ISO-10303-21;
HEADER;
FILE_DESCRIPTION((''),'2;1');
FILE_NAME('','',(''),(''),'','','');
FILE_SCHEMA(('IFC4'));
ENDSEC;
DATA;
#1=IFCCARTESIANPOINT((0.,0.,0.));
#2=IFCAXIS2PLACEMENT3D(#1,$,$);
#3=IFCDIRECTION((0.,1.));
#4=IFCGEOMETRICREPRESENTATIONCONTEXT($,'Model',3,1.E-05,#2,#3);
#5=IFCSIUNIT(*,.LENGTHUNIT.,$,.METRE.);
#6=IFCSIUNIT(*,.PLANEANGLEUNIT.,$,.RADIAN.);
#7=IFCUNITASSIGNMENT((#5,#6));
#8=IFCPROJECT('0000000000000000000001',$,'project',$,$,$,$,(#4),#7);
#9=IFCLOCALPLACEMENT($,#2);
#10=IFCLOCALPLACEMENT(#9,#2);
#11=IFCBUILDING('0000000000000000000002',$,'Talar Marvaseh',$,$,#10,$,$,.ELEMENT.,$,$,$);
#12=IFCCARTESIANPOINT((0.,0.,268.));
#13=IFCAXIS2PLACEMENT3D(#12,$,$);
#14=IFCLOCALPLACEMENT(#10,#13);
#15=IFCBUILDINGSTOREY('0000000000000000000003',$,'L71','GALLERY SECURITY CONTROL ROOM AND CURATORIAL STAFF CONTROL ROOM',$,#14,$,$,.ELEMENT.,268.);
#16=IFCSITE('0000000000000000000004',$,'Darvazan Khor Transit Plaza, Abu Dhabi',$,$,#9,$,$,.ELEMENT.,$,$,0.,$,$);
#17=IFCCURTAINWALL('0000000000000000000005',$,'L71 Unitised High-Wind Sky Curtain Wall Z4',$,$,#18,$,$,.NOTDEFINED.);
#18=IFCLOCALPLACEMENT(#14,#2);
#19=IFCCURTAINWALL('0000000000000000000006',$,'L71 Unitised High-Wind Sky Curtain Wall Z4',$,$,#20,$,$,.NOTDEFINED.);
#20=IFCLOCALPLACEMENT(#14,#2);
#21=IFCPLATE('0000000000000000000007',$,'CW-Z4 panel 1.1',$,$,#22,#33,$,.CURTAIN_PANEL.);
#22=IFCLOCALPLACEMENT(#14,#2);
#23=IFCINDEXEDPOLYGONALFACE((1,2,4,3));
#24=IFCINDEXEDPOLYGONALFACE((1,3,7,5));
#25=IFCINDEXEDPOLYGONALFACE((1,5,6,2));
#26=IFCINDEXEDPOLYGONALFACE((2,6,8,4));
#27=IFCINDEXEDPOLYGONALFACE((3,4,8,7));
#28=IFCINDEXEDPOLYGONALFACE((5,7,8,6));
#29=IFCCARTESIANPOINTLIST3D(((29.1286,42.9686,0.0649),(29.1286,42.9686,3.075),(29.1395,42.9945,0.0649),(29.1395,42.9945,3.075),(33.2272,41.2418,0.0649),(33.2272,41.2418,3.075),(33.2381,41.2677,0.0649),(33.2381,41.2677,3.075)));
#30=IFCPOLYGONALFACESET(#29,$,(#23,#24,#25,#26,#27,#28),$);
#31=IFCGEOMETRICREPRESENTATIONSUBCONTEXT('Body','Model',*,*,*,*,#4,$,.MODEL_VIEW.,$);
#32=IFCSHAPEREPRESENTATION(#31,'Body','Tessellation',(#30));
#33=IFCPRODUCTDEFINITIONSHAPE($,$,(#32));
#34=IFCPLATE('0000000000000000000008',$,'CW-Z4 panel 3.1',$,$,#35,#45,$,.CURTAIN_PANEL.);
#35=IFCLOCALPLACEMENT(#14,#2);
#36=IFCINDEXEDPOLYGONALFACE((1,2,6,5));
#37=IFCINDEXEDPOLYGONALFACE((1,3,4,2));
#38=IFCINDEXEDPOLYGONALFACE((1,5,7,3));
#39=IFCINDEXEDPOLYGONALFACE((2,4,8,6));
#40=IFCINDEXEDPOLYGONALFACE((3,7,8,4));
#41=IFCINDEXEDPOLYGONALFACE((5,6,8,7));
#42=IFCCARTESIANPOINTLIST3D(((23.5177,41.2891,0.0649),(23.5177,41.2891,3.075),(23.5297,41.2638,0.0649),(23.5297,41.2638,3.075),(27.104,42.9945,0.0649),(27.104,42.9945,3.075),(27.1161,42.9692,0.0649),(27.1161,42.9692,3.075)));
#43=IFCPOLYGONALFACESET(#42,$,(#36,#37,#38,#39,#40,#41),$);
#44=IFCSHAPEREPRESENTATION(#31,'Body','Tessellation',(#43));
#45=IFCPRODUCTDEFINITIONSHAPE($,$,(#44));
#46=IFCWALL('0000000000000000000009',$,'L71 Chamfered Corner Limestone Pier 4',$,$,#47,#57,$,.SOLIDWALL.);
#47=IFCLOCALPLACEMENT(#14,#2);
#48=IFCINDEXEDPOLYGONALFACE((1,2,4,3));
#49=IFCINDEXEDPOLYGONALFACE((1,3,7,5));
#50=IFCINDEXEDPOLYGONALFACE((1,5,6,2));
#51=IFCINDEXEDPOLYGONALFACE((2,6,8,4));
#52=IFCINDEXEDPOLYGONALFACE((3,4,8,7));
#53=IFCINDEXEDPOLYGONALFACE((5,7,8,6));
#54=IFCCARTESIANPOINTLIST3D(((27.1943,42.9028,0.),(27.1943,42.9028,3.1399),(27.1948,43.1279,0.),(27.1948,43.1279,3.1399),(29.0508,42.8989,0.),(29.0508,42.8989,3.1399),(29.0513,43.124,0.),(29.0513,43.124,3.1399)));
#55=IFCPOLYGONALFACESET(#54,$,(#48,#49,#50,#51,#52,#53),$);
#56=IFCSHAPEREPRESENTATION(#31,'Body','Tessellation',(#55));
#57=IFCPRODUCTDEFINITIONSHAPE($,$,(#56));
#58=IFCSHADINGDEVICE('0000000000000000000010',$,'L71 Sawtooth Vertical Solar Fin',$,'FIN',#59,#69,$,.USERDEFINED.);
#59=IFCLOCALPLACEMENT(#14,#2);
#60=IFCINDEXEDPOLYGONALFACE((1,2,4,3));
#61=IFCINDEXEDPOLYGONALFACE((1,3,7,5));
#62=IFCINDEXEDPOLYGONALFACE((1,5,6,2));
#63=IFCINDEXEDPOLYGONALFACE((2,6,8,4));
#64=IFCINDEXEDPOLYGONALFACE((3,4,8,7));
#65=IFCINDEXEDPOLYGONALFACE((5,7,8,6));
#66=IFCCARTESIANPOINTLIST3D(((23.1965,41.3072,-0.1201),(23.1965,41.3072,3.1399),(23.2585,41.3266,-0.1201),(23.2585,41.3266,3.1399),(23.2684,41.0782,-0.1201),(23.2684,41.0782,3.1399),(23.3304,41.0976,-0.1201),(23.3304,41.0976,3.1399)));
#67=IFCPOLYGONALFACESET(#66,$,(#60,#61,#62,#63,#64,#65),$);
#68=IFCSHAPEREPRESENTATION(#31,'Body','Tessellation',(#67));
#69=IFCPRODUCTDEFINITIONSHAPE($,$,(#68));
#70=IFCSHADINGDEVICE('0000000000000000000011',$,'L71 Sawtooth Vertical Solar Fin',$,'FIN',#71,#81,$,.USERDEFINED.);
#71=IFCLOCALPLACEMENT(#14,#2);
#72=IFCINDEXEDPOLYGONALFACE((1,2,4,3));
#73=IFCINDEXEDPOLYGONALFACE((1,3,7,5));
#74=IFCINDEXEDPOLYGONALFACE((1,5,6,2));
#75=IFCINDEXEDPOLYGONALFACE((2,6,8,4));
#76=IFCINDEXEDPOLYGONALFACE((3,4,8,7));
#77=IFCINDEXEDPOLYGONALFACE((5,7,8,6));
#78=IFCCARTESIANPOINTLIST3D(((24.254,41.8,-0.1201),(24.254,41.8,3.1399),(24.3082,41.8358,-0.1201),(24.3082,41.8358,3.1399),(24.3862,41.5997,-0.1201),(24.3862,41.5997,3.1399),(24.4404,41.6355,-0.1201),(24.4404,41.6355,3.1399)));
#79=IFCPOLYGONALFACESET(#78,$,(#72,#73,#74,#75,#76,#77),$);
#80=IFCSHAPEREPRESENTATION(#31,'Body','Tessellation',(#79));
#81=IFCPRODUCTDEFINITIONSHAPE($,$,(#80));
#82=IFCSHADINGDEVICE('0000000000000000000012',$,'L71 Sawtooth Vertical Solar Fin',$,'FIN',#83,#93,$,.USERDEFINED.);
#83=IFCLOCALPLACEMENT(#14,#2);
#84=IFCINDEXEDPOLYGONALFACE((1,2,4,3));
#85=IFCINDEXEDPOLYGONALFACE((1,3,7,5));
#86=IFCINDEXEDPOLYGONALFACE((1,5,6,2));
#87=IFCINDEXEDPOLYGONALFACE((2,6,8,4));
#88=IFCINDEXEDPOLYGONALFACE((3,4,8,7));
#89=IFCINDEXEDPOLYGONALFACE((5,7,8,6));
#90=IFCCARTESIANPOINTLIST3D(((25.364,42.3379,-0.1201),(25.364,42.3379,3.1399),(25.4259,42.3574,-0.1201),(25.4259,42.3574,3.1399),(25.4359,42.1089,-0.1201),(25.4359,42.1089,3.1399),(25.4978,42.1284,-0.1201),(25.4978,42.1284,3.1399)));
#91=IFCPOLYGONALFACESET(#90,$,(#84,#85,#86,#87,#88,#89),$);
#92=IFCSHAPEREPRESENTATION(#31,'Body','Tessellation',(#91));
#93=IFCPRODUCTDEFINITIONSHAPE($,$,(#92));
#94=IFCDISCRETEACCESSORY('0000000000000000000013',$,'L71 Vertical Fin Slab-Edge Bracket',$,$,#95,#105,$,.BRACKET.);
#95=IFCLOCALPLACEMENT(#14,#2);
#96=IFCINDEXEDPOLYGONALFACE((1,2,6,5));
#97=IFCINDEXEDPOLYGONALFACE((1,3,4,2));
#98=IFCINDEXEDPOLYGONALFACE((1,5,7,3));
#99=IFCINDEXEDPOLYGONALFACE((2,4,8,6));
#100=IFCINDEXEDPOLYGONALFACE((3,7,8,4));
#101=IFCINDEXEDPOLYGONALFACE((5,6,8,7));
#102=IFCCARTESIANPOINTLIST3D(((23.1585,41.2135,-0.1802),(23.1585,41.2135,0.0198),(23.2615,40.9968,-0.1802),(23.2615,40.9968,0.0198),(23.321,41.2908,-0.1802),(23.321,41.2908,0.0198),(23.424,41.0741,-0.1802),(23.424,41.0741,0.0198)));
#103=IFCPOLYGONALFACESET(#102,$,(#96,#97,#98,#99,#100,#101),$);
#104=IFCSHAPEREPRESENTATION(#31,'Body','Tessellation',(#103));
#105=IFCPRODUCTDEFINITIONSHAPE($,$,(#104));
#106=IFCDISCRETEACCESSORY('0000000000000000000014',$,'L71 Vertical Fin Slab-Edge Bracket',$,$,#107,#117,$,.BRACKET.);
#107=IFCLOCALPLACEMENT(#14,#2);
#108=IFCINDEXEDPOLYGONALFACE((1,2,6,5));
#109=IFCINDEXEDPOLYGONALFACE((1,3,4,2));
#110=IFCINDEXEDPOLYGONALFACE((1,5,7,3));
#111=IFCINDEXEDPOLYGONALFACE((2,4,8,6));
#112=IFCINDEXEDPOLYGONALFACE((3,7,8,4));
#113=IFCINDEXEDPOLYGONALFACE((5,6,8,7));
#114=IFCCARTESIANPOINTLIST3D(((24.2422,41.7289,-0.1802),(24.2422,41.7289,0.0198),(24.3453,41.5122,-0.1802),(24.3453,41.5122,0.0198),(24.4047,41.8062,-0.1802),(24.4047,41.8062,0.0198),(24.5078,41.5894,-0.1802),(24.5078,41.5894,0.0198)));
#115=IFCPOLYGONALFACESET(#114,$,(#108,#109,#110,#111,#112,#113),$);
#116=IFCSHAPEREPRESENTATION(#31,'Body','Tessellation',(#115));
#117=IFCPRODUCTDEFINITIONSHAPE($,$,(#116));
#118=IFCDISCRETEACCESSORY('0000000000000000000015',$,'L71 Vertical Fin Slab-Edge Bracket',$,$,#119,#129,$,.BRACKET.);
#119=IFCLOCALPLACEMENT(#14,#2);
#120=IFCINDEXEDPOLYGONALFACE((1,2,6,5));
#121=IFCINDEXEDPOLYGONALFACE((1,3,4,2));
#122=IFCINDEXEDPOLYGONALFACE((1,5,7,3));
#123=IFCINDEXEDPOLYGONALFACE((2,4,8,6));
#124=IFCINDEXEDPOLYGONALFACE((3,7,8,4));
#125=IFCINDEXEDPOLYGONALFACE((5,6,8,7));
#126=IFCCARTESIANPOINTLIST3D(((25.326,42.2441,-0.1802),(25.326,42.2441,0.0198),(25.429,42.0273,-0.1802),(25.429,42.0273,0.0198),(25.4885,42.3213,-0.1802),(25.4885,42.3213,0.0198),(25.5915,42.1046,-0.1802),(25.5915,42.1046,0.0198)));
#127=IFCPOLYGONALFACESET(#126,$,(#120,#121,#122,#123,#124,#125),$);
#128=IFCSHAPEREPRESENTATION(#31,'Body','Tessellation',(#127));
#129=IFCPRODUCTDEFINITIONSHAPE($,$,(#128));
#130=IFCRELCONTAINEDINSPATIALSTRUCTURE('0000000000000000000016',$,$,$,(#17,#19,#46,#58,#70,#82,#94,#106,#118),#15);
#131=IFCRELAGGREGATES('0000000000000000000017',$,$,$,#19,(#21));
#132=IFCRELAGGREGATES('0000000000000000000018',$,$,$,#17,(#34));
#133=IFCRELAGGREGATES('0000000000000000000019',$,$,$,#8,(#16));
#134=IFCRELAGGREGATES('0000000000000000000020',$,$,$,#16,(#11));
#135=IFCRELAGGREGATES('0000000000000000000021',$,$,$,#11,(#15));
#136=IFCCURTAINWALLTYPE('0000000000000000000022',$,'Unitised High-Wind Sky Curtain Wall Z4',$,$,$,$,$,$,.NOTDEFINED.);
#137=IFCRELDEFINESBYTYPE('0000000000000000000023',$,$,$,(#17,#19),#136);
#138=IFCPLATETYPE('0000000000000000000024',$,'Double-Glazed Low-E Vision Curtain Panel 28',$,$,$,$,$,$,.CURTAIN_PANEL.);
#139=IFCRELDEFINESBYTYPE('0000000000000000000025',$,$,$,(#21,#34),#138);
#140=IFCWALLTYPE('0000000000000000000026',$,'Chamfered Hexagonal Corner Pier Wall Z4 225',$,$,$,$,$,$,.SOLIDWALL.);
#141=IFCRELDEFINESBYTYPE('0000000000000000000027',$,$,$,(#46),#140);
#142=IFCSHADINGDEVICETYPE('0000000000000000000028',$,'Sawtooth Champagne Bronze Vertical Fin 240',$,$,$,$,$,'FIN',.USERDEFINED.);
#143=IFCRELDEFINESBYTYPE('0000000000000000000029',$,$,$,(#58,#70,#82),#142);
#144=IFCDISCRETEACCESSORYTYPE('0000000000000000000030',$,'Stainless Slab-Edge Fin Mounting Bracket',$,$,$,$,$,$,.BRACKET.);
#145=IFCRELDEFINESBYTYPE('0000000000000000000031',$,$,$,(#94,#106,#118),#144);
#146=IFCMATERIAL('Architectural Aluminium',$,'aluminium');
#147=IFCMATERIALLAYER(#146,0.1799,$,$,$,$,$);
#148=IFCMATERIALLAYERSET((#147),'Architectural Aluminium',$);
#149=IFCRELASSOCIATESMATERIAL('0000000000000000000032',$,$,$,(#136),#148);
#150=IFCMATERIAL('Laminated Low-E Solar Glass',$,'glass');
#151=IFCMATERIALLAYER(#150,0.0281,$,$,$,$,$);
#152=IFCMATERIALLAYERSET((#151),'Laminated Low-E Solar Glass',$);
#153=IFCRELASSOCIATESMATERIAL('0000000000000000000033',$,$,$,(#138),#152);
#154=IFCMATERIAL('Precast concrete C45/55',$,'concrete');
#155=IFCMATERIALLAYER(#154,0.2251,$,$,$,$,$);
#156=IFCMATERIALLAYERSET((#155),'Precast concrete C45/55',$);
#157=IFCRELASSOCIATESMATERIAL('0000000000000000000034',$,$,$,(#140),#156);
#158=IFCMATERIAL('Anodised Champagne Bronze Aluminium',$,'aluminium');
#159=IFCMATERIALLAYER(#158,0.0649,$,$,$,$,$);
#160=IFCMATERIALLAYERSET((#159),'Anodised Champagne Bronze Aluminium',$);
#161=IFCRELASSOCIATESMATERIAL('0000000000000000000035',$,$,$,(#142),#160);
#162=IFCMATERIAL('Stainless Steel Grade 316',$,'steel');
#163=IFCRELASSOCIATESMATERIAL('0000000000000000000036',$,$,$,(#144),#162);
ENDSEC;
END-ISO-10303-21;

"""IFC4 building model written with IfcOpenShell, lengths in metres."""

from ifc_helpers import new_model, si_unit, direction, frame, frame_2d, origin, origin_2d, place, context, subcontext, project, spatial, rectangle, extrude, source, transform, mapped, material, layer, layer_set, type_object, type_shapes, element, aggregate, save


model = new_model("IFC4")

# Units and contexts
model_context = context("Model", 3, precision=1e-05, world=origin(), true_north=direction((0.0, 1.0)))
body_context = subcontext(model_context, "Body", "Model", "MODEL_VIEW")
ifc_project = project(units=[si_unit("LENGTHUNIT", "METRE"), si_unit("PLANEANGLEUNIT", "RADIAN")], contexts=[model_context])

# Site, building, storey
site_placement = place(None, origin())
site = spatial("IfcSite", under=ifc_project, at=site_placement, Name="Darvazan Khor Transit Plaza, Abu Dhabi", CompositionType="ELEMENT", RefElevation=0.0)
building_placement = place(site_placement, origin())
building = spatial("IfcBuilding", under=site, at=building_placement, Name="Talar Marvaseh", CompositionType="ELEMENT")
storey_placement = place(building_placement, frame((0.0, 0.0, 268.0)))
storey = spatial("IfcBuildingStorey", under=building, at=storey_placement, Name="L71", Description="GALLERY SECURITY CONTROL ROOM AND CURATORIAL STAFF CONTROL ROOM", CompositionType="ELEMENT", Elevation=268.0)

# Curtain walls
ifc_material_1 = material(Name="Architectural Aluminium", Category="aluminium")
ifc_layer_1 = layer(ifc_material_1, 0.1799)
ifc_layer_set_1 = layer_set([ifc_layer_1], Name="Architectural Aluminium")
curtain_wall_type = type_object("IfcCurtainWallType", Name="Unitised High-Wind Sky Curtain Wall Z4", PredefinedType="NOTDEFINED", material=ifc_layer_set_1)
curtain_wall_1_placement = place(storey_placement, origin())
curtain_wall_1 = element("IfcCurtainWall", 1, at=curtain_wall_1_placement, inside=storey, type_object=curtain_wall_type, Name="L71 Unitised High-Wind Sky Curtain Wall Z4", PredefinedType="NOTDEFINED")
curtain_wall_2_placement = place(storey_placement, origin())
curtain_wall_2 = element("IfcCurtainWall", 2, at=curtain_wall_2_placement, inside=storey, type_object=curtain_wall_type, Name="L71 Unitised High-Wind Sky Curtain Wall Z4", PredefinedType="NOTDEFINED")

# Plates
ifc_material_2 = material(Name="Laminated Low-E Solar Glass", Category="glass")
ifc_layer_2 = layer(ifc_material_2, 0.0281)
ifc_layer_set_2 = layer_set([ifc_layer_2], Name="Laminated Low-E Solar Glass")
plate_type = type_object("IfcPlateType", Name="Double-Glazed Low-E Vision Curtain Panel 28", PredefinedType="CURTAIN_PANEL", material=ifc_layer_set_2)
shared_shape_1 = source(origin(), body_context, "Body", "SweptSolid", [
    extrude(rectangle(XDim=4.4475, YDim=0.0281, at=origin_2d()), origin(), (0.0, 0.0, 1.0), 3.01),
])
plate_1_placement = place(storey_placement, frame((31.1833, 42.1182, 0.0649), z_axis=(0.0, 0.0, 1.0), x_axis=(0.921551, -0.388258, 0.0)))
plate_1 = element("IfcPlate", 3, at=plate_1_placement, type_object=plate_type, Name="CW-Z4 panel 1.1", PredefinedType="CURTAIN_PANEL", context=body_context, shape_type="MappedRepresentation", body=[
    mapped(shared_shape_1, transform((0.0, 0.0, 0.0), x_axis=(1.0, 0.0, 0.0), y_axis=(0.0, 1.0, 0.0), z_axis=(0.0, 0.0, 1.0), scale=1.0)),
])
aggregate(curtain_wall_2, [plate_1])
shared_shape_2 = source(origin(), body_context, "Body", "SweptSolid", [
    extrude(rectangle(XDim=3.9712, YDim=0.0281, at=origin_2d()), origin(), (0.0, 0.0, 1.0), 3.01),
])
type_shapes(plate_type, [shared_shape_1, shared_shape_2])
plate_2_placement = place(storey_placement, frame((25.3169, 42.1292, 0.0649), z_axis=(0.0, 0.0, 1.0), x_axis=(0.903096, 0.42944, 0.0)))
plate_2 = element("IfcPlate", 4, at=plate_2_placement, type_object=plate_type, Name="CW-Z4 panel 3.1", PredefinedType="CURTAIN_PANEL", context=body_context, shape_type="MappedRepresentation", body=[
    mapped(shared_shape_2, transform((0.0, 0.0, 0.0), x_axis=(1.0, 0.0, 0.0), y_axis=(0.0, 1.0, 0.0), z_axis=(0.0, 0.0, 1.0), scale=1.0)),
])
aggregate(curtain_wall_1, [plate_2])

# Wall
ifc_material_3 = material(Name="Precast concrete C45/55", Category="concrete")
ifc_layer_3 = layer(ifc_material_3, 0.2251)
ifc_layer_set_3 = layer_set([ifc_layer_3], Name="Precast concrete C45/55")
wall_type = type_object("IfcWallType", Name="Chamfered Hexagonal Corner Pier Wall Z4 225", PredefinedType="SOLIDWALL", material=ifc_layer_set_3)
wall_placement = place(storey_placement, frame((27.1946, 43.0154, 0.0), z_axis=(0.0, 0.0, 1.0), x_axis=(0.999998, -0.002104, 0.0)))
element("IfcWall", 5, at=wall_placement, inside=storey, type_object=wall_type, Name="L71 Chamfered Corner Limestone Pier 4", PredefinedType="SOLIDWALL", context=body_context, shape_type="SweptSolid", body=[
    extrude(rectangle(XDim=1.8564, YDim=0.2251, at=frame_2d((0.9282, 0.0))), origin(), (0.0, 0.0, 1.0), 3.1399),
])

# Shading devices
ifc_material_4 = material(Name="Anodised Champagne Bronze Aluminium", Category="aluminium")
ifc_layer_4 = layer(ifc_material_4, 0.0649)
ifc_layer_set_4 = layer_set([ifc_layer_4], Name="Anodised Champagne Bronze Aluminium")
shading_device_type = type_object("IfcShadingDeviceType", Name="Sawtooth Champagne Bronze Vertical Fin 240", ElementType="FIN", PredefinedType="USERDEFINED", material=ifc_layer_set_4)
shared_shape_3 = source(origin(), body_context, "Body", "SweptSolid", [
    extrude(rectangle(XDim=0.24, YDim=0.0649, at=origin_2d()), origin(), (0.0, 0.0, 1.0), 3.26),
])
type_shapes(shading_device_type, [shared_shape_3])
for number, where, z_axis, x_axis, name in (
    (6, (23.2634, 41.2024, -0.1201), (0.0, 0.0, 1.0), (-0.29954, 0.954084, 0.0), "L71 Sawtooth Vertical Solar Fin"),
    (7, (24.3472, 41.7178, -0.1201), (0.0, 0.0, 1.0), (-0.550918, 0.83456, 0.0), "L71 Sawtooth Vertical Solar Fin"),
    (8, (25.4309, 42.2332, -0.1201), (0.0, 0.0, 1.0), (-0.29954, 0.954084, 0.0), "L71 Sawtooth Vertical Solar Fin"),
):
    element("IfcShadingDevice", number, at=place(storey_placement, frame(where, z_axis=z_axis, x_axis=x_axis)), inside=storey, type_object=shading_device_type, Name=name, ObjectType="FIN", PredefinedType="USERDEFINED", context=body_context, shape_type="MappedRepresentation", body=[
        mapped(shared_shape_3, transform((0.0, 0.0, 0.0), x_axis=(1.0, 0.0, 0.0), y_axis=(0.0, 1.0, 0.0), z_axis=(0.0, 0.0, 1.0), scale=1.0)),
    ])

# Discrete accessories
ifc_material_5 = material(Name="Stainless Steel Grade 316", Category="steel")
discrete_accessory_type = type_object("IfcDiscreteAccessoryType", Name="Stainless Slab-Edge Fin Mounting Bracket", PredefinedType="BRACKET", material=ifc_material_5)
shared_shape_4 = source(origin(), body_context, "Body", "SweptSolid", [
    extrude(rectangle(XDim=0.24, YDim=0.1799, at=origin_2d()), origin(), (0.0, 0.0, 1.0), 0.2),
])
type_shapes(discrete_accessory_type, [shared_shape_4])
for number, where, z_axis, x_axis, name in (
    (9, (23.2913, 41.1438, -0.1802), (0.0, 0.0, 1.0), (-0.429408, 0.903111, 0.0), "L71 Vertical Fin Slab-Edge Bracket"),
    (10, (24.375, 41.6592, -0.1802), (0.0, 0.0, 1.0), (-0.429408, 0.903111, 0.0), "L71 Vertical Fin Slab-Edge Bracket"),
    (11, (25.4587, 42.1743, -0.1802), (0.0, 0.0, 1.0), (-0.429408, 0.903111, 0.0), "L71 Vertical Fin Slab-Edge Bracket"),
):
    element("IfcDiscreteAccessory", number, at=place(storey_placement, frame(where, z_axis=z_axis, x_axis=x_axis)), inside=storey, type_object=discrete_accessory_type, Name=name, PredefinedType="BRACKET", context=body_context, shape_type="MappedRepresentation", body=[
        mapped(shared_shape_4, transform((0.0, 0.0, 0.0), x_axis=(1.0, 0.0, 0.0), y_axis=(0.0, 1.0, 0.0), z_axis=(0.0, 0.0, 1.0), scale=1.0)),
    ])

save(model, "model.ifc")
